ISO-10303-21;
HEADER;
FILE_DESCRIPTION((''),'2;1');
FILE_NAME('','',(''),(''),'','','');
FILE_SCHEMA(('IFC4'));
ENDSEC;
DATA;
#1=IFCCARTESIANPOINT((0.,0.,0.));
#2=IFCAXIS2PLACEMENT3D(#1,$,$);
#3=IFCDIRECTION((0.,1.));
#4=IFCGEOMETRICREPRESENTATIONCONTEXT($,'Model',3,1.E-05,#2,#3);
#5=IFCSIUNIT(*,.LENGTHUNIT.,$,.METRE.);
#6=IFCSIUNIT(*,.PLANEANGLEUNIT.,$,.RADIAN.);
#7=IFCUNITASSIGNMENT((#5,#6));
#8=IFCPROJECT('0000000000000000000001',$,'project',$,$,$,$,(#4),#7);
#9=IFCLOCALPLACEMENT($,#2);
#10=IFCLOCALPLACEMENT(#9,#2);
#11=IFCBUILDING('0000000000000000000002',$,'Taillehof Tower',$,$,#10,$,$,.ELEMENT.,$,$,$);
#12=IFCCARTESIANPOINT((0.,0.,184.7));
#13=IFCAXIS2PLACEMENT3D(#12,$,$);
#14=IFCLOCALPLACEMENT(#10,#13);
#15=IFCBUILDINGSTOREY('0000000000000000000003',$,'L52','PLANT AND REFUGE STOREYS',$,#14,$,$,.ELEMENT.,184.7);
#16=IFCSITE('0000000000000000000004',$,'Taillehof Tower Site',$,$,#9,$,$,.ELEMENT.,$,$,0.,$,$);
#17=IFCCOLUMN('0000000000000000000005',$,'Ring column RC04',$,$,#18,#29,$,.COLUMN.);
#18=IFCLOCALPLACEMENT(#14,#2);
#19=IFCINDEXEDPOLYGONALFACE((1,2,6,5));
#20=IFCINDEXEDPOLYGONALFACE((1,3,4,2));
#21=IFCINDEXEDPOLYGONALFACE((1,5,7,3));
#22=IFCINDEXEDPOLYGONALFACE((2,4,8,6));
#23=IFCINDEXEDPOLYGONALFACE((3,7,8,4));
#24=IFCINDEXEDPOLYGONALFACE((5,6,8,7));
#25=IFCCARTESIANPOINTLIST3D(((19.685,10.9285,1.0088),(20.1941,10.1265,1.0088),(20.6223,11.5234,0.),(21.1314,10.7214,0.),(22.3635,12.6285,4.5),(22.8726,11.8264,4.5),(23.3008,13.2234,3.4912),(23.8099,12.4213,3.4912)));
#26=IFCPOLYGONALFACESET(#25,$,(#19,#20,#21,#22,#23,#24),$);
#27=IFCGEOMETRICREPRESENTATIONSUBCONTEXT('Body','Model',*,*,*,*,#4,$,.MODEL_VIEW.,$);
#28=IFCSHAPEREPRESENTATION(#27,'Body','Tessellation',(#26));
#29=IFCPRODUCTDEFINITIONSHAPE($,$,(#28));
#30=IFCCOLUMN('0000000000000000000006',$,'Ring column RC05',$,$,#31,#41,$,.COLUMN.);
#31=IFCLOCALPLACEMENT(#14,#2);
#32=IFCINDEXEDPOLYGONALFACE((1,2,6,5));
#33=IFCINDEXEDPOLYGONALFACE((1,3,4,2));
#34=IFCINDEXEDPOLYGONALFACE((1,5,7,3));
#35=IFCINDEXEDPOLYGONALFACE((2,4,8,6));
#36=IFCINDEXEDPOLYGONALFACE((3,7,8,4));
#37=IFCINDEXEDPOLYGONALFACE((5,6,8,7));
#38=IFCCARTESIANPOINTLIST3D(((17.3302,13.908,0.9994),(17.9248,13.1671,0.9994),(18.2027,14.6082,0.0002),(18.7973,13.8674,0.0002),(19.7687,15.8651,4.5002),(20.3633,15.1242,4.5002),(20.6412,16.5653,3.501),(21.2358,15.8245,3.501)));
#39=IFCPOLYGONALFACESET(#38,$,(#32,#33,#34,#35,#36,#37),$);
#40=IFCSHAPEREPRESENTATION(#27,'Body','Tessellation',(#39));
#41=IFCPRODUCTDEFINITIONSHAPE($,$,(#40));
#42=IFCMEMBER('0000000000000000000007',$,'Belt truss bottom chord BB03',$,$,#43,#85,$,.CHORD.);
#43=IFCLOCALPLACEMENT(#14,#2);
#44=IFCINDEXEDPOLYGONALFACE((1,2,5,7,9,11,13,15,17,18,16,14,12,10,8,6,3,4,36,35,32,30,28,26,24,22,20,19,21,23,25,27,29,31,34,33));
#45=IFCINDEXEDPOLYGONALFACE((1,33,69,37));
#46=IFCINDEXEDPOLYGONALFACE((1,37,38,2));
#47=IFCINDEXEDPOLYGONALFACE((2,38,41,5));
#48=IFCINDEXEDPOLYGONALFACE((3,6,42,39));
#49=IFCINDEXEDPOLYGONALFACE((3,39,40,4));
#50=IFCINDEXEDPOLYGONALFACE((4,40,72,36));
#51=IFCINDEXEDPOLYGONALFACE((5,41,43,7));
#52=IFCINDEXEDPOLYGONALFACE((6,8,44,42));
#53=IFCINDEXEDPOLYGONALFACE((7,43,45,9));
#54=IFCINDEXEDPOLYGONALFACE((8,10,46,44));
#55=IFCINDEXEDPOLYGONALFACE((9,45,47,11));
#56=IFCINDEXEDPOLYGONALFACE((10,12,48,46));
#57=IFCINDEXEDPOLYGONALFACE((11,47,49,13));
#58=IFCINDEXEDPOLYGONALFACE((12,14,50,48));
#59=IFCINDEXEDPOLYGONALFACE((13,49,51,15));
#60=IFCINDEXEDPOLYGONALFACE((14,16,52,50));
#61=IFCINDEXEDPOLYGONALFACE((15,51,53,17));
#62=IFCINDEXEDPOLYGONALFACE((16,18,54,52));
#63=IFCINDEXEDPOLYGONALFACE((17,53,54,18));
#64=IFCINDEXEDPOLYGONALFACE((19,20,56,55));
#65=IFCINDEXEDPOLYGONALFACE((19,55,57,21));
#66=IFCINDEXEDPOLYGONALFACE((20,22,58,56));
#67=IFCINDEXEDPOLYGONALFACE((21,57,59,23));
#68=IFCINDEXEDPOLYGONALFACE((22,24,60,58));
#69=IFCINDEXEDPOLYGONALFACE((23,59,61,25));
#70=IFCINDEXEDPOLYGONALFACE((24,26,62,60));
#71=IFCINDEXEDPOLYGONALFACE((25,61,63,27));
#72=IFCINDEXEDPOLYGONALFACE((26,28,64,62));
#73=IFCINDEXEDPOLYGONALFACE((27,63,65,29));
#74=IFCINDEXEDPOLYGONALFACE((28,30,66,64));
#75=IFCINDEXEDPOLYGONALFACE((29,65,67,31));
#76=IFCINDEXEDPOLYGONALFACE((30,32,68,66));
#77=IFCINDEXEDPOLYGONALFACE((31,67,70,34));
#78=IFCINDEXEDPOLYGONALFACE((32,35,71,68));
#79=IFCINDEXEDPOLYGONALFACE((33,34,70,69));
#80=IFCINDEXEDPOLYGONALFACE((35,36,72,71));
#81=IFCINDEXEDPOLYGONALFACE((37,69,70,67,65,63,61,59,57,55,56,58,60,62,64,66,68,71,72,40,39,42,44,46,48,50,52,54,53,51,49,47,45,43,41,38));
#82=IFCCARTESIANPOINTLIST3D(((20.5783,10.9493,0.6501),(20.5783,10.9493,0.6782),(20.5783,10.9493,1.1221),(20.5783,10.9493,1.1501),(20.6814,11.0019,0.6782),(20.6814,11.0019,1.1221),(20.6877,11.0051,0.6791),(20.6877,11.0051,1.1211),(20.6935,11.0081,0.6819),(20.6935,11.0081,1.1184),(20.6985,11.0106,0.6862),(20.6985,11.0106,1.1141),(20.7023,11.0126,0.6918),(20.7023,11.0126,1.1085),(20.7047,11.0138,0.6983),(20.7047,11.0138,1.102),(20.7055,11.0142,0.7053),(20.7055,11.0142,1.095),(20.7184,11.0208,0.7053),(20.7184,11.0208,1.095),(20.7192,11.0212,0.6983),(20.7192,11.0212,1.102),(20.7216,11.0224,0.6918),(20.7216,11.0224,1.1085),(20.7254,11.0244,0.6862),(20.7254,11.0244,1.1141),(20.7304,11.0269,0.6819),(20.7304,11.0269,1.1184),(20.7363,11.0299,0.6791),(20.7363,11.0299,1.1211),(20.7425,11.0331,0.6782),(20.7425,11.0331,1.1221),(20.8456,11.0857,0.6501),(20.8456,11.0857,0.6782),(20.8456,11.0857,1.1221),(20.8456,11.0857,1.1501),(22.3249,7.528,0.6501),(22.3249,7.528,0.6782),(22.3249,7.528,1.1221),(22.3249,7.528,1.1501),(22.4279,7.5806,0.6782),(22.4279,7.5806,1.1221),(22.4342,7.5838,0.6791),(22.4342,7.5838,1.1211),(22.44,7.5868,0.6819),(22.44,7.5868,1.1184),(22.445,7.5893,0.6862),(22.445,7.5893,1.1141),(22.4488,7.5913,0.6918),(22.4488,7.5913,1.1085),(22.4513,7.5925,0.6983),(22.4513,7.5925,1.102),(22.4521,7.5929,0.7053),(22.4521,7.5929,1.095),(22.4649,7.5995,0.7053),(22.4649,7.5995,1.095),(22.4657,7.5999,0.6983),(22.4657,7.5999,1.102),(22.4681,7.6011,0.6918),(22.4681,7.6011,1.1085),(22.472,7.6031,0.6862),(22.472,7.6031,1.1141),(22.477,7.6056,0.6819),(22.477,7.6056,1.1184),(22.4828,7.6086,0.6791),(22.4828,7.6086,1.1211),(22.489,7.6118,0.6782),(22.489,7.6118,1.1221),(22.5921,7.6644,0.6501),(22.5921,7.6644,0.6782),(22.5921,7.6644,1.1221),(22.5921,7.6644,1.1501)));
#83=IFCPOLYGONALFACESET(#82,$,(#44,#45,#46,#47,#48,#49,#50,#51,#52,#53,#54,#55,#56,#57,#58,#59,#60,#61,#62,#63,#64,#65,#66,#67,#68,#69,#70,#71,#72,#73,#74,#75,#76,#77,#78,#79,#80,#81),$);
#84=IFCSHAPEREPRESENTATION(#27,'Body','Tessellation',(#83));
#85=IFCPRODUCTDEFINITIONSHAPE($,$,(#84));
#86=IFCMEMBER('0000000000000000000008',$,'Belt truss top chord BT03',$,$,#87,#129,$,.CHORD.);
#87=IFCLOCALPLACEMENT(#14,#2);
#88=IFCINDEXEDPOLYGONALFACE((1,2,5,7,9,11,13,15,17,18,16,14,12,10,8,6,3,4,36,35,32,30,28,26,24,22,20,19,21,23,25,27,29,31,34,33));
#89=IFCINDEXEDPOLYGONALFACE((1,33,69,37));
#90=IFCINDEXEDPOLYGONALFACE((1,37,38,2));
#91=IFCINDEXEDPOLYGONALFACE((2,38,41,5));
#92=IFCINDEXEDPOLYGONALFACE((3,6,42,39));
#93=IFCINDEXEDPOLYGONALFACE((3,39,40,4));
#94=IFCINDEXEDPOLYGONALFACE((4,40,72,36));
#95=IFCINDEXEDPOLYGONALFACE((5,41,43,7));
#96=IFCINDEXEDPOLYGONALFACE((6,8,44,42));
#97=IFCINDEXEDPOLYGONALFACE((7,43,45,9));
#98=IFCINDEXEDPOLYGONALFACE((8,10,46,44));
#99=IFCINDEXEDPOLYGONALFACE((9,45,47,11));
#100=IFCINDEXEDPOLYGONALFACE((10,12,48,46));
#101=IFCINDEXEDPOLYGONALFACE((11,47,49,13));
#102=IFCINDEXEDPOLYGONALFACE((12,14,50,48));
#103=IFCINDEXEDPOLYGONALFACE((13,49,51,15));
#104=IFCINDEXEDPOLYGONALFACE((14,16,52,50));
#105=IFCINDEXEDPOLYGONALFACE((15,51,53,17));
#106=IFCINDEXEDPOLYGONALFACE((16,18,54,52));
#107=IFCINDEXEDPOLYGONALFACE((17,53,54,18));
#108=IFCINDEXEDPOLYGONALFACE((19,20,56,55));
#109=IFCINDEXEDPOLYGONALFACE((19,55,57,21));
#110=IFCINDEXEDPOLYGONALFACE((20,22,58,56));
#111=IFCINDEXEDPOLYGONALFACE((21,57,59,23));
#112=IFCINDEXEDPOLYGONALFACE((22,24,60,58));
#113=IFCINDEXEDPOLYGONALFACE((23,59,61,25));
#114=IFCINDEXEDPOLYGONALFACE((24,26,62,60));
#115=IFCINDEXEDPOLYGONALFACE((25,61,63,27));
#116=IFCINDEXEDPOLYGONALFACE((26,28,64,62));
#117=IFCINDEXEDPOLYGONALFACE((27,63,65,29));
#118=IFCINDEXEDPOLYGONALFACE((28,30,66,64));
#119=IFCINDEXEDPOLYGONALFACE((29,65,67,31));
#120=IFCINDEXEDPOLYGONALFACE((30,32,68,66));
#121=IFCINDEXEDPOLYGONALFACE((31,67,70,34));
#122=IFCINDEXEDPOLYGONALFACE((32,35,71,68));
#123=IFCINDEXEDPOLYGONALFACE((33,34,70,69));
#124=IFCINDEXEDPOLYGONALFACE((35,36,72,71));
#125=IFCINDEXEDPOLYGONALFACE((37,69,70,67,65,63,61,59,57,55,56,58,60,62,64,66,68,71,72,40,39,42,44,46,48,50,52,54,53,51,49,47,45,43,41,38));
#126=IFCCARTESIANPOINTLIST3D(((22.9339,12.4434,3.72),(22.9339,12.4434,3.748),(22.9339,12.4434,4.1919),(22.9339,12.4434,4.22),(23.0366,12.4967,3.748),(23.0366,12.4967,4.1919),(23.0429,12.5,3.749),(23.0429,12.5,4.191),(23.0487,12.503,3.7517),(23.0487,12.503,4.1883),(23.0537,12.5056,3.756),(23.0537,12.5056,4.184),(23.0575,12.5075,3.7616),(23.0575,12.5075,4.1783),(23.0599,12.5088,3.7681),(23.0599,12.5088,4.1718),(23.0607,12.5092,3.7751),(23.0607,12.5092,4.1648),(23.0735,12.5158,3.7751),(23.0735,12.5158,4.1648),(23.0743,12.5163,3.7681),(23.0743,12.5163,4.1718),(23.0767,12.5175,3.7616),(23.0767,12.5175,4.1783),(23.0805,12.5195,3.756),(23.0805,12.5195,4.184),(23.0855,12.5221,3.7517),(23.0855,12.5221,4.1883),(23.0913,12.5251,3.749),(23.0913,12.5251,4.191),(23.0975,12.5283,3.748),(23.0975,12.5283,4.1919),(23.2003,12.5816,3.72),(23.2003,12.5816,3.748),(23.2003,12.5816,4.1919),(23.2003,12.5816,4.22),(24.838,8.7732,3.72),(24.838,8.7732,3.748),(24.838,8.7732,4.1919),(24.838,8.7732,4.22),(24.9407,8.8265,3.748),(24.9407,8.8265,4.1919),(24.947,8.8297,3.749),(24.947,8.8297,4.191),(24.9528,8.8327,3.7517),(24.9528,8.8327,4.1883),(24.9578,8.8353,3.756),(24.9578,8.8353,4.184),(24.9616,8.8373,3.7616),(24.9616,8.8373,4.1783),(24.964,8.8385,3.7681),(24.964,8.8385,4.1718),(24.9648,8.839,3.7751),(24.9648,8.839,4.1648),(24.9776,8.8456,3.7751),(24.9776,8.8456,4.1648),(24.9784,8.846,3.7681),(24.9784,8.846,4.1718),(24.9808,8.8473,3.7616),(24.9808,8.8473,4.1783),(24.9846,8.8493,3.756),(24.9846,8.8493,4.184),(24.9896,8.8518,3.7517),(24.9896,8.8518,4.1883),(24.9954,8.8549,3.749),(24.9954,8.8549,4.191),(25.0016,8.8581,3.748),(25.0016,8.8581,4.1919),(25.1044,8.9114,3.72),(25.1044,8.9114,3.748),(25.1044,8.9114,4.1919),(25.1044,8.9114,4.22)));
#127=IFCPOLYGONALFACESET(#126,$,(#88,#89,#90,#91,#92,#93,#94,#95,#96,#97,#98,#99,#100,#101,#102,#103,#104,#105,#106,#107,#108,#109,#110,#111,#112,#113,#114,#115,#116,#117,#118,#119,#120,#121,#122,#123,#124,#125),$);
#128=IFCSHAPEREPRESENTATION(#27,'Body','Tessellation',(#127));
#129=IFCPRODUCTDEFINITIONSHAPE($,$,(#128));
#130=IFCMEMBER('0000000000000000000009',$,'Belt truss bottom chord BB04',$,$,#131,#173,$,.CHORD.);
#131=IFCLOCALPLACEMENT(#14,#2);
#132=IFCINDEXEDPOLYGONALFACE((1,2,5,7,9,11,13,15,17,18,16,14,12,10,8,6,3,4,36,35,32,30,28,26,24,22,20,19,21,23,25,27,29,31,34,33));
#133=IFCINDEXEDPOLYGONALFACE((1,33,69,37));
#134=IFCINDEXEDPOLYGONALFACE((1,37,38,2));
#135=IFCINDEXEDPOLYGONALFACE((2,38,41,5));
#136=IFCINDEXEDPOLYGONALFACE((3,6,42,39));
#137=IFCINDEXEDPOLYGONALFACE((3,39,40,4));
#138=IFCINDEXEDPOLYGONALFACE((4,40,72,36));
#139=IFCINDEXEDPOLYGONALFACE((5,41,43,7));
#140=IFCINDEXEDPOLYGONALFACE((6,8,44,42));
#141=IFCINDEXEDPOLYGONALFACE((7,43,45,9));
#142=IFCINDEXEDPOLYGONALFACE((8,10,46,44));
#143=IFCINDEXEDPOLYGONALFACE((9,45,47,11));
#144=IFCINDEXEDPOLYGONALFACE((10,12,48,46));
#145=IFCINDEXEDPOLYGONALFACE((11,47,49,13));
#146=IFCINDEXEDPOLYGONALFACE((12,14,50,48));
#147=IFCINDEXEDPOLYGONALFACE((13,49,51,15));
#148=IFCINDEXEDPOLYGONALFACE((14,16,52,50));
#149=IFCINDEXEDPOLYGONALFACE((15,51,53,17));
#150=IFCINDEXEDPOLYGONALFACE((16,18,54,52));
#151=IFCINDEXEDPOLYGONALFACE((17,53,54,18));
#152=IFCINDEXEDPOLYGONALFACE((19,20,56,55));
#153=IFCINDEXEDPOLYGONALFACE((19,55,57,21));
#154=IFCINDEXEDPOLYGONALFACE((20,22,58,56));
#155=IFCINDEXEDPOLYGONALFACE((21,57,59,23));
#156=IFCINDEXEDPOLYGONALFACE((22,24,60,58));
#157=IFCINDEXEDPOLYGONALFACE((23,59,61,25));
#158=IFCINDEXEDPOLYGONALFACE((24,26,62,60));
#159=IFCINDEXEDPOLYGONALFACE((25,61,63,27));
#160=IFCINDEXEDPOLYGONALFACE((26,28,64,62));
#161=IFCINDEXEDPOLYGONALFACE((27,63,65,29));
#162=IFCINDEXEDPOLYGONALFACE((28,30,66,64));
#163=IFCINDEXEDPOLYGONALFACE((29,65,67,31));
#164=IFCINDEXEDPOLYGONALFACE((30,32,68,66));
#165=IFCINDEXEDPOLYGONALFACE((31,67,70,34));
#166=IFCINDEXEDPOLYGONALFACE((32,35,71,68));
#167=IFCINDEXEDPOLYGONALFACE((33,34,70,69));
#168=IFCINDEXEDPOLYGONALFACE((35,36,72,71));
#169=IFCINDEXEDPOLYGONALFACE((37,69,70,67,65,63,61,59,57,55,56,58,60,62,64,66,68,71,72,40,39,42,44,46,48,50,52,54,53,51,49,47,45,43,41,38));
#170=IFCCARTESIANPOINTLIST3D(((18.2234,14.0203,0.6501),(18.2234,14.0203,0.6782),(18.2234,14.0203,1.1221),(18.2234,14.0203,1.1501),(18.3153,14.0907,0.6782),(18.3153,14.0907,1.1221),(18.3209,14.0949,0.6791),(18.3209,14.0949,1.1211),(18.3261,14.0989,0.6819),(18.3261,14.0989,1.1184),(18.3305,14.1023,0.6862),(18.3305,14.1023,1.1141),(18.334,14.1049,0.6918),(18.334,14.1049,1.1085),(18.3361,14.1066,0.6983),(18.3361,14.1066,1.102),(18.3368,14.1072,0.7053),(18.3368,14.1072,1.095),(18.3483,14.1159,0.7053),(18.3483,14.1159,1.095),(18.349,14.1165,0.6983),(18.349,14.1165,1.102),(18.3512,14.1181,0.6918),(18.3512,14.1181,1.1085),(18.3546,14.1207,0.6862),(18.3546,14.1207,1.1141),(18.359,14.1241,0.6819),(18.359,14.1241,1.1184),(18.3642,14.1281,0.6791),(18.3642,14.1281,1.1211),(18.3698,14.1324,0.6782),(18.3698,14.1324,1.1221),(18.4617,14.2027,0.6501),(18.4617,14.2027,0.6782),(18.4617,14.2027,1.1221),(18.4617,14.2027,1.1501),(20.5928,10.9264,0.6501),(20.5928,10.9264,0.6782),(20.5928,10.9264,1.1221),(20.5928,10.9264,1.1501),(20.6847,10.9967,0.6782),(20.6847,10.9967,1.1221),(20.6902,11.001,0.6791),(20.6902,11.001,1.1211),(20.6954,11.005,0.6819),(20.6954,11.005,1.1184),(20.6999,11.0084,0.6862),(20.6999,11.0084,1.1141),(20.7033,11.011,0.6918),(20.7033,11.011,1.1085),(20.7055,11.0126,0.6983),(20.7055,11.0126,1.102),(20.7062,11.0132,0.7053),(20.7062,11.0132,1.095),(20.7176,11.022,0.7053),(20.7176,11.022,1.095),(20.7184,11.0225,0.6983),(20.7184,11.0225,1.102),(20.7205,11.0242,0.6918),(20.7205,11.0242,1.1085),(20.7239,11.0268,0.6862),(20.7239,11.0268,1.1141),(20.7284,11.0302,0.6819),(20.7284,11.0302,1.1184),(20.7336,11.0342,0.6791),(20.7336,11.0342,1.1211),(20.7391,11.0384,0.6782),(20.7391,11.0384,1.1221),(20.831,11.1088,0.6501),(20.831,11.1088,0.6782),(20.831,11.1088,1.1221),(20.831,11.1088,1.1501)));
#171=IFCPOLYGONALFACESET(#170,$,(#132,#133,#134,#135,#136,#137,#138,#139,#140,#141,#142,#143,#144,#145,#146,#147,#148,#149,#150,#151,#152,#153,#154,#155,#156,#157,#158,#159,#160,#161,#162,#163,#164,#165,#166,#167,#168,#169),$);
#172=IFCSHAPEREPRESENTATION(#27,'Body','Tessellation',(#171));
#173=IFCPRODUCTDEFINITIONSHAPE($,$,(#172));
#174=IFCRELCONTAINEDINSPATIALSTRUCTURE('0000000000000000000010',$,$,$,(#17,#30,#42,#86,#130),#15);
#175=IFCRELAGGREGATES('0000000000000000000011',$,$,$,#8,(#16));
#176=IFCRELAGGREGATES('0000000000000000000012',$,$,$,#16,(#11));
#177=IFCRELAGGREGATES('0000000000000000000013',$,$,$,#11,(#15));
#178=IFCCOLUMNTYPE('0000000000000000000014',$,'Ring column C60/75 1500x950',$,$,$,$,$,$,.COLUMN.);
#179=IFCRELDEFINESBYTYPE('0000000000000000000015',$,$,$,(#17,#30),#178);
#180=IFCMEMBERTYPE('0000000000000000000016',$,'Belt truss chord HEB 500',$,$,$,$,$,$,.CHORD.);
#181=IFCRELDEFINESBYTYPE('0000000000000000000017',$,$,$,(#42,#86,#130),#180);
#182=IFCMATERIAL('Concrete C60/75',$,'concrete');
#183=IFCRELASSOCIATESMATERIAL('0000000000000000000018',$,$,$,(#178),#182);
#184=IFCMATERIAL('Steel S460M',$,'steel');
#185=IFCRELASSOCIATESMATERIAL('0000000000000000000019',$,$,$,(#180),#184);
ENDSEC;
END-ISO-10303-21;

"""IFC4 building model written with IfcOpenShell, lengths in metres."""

from ifc_helpers import new_model, si_unit, direction, frame, origin, origin_2d, place, context, subcontext, project, spatial, rectangle, i_section, extrude, material, material_profile, profile_set, type_object, element, save


model = new_model("IFC4")

# Units and contexts
model_context = context("Model", 3, precision=1e-05, world=origin(), true_north=direction((0.0, 1.0)))
body_context = subcontext(model_context, "Body", "Model", "MODEL_VIEW")
ifc_project = project(units=[si_unit("LENGTHUNIT", "METRE"), si_unit("PLANEANGLEUNIT", "RADIAN")], contexts=[model_context])

# Site, building, storey
site_placement = place(None, origin())
site = spatial("IfcSite", under=ifc_project, at=site_placement, Name="Taillehof Tower Site", CompositionType="ELEMENT", RefElevation=0.0)
building_placement = place(site_placement, origin())
building = spatial("IfcBuilding", under=site, at=building_placement, Name="Taillehof Tower", CompositionType="ELEMENT")
storey_placement = place(building_placement, frame((0.0, 0.0, 184.7)))
storey = spatial("IfcBuildingStorey", under=building, at=storey_placement, Name="L52", Description="PLANT AND REFUGE STOREYS", CompositionType="ELEMENT", Elevation=184.7)

# Columns
ifc_material_1 = material(Name="Concrete C60/75", Category="concrete")
ifc_material_profile_1 = material_profile(ifc_material_1, rectangle(XDim=1.5, YDim=0.95, at=origin_2d()), Name="RC 1500x950")
ifc_profile_set_1 = profile_set([ifc_material_profile_1], Name="Concrete C60/75")
column_type = type_object("IfcColumnType", Name="Ring column C60/75 1500x950", PredefinedType="COLUMN", material=ifc_profile_set_1)
column_1_placement = place(storey_placement, frame((20.4082, 10.825, 0.5044), z_axis=(0.567801, 0.360368, 0.740092), x_axis=(-0.624865, -0.396585, 0.672505)))
element("IfcColumn", 1, at=column_1_placement, inside=storey, type_object=column_type, Name="Ring column RC04", PredefinedType="COLUMN", context=body_context, shape_type="SweptSolid", body=[
    extrude(rectangle(XDim=1.5, YDim=0.95, at=origin_2d()), origin(), (0.0, 0.0, 1.0), 4.7173),
])
column_2_placement = place(storey_placement, frame((18.0637, 13.8877, 0.4998), z_axis=(0.519516, 0.416944, 0.745829), x_axis=(-0.581667, -0.466824, 0.666138)))
element("IfcColumn", 2, at=column_2_placement, inside=storey, type_object=column_type, Name="Ring column RC05", PredefinedType="COLUMN", context=body_context, shape_type="SweptSolid", body=[
    extrude(rectangle(XDim=1.5, YDim=0.95, at=origin_2d()), origin(), (0.0, 0.0, 1.0), 4.6938),
])

# Members
ifc_material_2 = material(Name="Steel S460M", Category="steel")
ifc_material_profile_2 = material_profile(ifc_material_2, i_section(OverallWidth=0.3, OverallDepth=0.5, WebThickness=0.0144, FlangeThickness=0.0281, FilletRadius=0.0271, at=origin_2d()), Name="HEB 500")
ifc_profile_set_2 = profile_set([ifc_material_profile_2], Name="Steel S460M")
member_type_1 = type_object("IfcMemberType", Name="Belt truss chord HEB 500", PredefinedType="CHORD", material=ifc_profile_set_2)
member_1_placement = place(storey_placement, frame((22.4585, 7.5962, 0.9001), z_axis=(-0.454672, 0.890659, 0.0), x_axis=(-0.890659, -0.454672, 0.0)))
element("IfcMember", 3, at=member_1_placement, inside=storey, type_object=member_type_1, Name="Belt truss bottom chord BB03", PredefinedType="CHORD", context=body_context, shape_type="SweptSolid", body=[
    extrude(i_section(OverallWidth=0.3, OverallDepth=0.5, WebThickness=0.0144, FlangeThickness=0.0281, FilletRadius=0.0271, at=origin_2d()), origin(), (0.0, 0.0, 1.0), 3.8413),
])
member_2_placement = place(storey_placement, frame((24.9712, 8.8423, 3.97), z_axis=(-0.460508, 0.887655, 0.0), x_axis=(-0.887655, -0.460508, 0.0)))
element("IfcMember", 4, at=member_2_placement, inside=storey, type_object=member_type_1, Name="Belt truss top chord BT03", PredefinedType="CHORD", context=body_context, shape_type="SweptSolid", body=[
    extrude(i_section(OverallWidth=0.3, OverallDepth=0.5, WebThickness=0.0144, FlangeThickness=0.0281, FilletRadius=0.0271, at=origin_2d()), origin(), (0.0, 0.0, 1.0), 4.1348),
])
member_3_placement = place(storey_placement, frame((20.7119, 11.0176, 0.9001), z_axis=(-0.607999, 0.793938, 0.0), x_axis=(-0.793938, -0.607999, 0.0)))
element("IfcMember", 5, at=member_3_placement, inside=storey, type_object=member_type_1, Name="Belt truss bottom chord BB04", PredefinedType="CHORD", context=body_context, shape_type="SweptSolid", body=[
    extrude(i_section(OverallWidth=0.3, OverallDepth=0.5, WebThickness=0.0144, FlangeThickness=0.0281, FilletRadius=0.0271, at=origin_2d()), origin(), (0.0, 0.0, 1.0), 3.897),
])

save(model, "model.ifc")
